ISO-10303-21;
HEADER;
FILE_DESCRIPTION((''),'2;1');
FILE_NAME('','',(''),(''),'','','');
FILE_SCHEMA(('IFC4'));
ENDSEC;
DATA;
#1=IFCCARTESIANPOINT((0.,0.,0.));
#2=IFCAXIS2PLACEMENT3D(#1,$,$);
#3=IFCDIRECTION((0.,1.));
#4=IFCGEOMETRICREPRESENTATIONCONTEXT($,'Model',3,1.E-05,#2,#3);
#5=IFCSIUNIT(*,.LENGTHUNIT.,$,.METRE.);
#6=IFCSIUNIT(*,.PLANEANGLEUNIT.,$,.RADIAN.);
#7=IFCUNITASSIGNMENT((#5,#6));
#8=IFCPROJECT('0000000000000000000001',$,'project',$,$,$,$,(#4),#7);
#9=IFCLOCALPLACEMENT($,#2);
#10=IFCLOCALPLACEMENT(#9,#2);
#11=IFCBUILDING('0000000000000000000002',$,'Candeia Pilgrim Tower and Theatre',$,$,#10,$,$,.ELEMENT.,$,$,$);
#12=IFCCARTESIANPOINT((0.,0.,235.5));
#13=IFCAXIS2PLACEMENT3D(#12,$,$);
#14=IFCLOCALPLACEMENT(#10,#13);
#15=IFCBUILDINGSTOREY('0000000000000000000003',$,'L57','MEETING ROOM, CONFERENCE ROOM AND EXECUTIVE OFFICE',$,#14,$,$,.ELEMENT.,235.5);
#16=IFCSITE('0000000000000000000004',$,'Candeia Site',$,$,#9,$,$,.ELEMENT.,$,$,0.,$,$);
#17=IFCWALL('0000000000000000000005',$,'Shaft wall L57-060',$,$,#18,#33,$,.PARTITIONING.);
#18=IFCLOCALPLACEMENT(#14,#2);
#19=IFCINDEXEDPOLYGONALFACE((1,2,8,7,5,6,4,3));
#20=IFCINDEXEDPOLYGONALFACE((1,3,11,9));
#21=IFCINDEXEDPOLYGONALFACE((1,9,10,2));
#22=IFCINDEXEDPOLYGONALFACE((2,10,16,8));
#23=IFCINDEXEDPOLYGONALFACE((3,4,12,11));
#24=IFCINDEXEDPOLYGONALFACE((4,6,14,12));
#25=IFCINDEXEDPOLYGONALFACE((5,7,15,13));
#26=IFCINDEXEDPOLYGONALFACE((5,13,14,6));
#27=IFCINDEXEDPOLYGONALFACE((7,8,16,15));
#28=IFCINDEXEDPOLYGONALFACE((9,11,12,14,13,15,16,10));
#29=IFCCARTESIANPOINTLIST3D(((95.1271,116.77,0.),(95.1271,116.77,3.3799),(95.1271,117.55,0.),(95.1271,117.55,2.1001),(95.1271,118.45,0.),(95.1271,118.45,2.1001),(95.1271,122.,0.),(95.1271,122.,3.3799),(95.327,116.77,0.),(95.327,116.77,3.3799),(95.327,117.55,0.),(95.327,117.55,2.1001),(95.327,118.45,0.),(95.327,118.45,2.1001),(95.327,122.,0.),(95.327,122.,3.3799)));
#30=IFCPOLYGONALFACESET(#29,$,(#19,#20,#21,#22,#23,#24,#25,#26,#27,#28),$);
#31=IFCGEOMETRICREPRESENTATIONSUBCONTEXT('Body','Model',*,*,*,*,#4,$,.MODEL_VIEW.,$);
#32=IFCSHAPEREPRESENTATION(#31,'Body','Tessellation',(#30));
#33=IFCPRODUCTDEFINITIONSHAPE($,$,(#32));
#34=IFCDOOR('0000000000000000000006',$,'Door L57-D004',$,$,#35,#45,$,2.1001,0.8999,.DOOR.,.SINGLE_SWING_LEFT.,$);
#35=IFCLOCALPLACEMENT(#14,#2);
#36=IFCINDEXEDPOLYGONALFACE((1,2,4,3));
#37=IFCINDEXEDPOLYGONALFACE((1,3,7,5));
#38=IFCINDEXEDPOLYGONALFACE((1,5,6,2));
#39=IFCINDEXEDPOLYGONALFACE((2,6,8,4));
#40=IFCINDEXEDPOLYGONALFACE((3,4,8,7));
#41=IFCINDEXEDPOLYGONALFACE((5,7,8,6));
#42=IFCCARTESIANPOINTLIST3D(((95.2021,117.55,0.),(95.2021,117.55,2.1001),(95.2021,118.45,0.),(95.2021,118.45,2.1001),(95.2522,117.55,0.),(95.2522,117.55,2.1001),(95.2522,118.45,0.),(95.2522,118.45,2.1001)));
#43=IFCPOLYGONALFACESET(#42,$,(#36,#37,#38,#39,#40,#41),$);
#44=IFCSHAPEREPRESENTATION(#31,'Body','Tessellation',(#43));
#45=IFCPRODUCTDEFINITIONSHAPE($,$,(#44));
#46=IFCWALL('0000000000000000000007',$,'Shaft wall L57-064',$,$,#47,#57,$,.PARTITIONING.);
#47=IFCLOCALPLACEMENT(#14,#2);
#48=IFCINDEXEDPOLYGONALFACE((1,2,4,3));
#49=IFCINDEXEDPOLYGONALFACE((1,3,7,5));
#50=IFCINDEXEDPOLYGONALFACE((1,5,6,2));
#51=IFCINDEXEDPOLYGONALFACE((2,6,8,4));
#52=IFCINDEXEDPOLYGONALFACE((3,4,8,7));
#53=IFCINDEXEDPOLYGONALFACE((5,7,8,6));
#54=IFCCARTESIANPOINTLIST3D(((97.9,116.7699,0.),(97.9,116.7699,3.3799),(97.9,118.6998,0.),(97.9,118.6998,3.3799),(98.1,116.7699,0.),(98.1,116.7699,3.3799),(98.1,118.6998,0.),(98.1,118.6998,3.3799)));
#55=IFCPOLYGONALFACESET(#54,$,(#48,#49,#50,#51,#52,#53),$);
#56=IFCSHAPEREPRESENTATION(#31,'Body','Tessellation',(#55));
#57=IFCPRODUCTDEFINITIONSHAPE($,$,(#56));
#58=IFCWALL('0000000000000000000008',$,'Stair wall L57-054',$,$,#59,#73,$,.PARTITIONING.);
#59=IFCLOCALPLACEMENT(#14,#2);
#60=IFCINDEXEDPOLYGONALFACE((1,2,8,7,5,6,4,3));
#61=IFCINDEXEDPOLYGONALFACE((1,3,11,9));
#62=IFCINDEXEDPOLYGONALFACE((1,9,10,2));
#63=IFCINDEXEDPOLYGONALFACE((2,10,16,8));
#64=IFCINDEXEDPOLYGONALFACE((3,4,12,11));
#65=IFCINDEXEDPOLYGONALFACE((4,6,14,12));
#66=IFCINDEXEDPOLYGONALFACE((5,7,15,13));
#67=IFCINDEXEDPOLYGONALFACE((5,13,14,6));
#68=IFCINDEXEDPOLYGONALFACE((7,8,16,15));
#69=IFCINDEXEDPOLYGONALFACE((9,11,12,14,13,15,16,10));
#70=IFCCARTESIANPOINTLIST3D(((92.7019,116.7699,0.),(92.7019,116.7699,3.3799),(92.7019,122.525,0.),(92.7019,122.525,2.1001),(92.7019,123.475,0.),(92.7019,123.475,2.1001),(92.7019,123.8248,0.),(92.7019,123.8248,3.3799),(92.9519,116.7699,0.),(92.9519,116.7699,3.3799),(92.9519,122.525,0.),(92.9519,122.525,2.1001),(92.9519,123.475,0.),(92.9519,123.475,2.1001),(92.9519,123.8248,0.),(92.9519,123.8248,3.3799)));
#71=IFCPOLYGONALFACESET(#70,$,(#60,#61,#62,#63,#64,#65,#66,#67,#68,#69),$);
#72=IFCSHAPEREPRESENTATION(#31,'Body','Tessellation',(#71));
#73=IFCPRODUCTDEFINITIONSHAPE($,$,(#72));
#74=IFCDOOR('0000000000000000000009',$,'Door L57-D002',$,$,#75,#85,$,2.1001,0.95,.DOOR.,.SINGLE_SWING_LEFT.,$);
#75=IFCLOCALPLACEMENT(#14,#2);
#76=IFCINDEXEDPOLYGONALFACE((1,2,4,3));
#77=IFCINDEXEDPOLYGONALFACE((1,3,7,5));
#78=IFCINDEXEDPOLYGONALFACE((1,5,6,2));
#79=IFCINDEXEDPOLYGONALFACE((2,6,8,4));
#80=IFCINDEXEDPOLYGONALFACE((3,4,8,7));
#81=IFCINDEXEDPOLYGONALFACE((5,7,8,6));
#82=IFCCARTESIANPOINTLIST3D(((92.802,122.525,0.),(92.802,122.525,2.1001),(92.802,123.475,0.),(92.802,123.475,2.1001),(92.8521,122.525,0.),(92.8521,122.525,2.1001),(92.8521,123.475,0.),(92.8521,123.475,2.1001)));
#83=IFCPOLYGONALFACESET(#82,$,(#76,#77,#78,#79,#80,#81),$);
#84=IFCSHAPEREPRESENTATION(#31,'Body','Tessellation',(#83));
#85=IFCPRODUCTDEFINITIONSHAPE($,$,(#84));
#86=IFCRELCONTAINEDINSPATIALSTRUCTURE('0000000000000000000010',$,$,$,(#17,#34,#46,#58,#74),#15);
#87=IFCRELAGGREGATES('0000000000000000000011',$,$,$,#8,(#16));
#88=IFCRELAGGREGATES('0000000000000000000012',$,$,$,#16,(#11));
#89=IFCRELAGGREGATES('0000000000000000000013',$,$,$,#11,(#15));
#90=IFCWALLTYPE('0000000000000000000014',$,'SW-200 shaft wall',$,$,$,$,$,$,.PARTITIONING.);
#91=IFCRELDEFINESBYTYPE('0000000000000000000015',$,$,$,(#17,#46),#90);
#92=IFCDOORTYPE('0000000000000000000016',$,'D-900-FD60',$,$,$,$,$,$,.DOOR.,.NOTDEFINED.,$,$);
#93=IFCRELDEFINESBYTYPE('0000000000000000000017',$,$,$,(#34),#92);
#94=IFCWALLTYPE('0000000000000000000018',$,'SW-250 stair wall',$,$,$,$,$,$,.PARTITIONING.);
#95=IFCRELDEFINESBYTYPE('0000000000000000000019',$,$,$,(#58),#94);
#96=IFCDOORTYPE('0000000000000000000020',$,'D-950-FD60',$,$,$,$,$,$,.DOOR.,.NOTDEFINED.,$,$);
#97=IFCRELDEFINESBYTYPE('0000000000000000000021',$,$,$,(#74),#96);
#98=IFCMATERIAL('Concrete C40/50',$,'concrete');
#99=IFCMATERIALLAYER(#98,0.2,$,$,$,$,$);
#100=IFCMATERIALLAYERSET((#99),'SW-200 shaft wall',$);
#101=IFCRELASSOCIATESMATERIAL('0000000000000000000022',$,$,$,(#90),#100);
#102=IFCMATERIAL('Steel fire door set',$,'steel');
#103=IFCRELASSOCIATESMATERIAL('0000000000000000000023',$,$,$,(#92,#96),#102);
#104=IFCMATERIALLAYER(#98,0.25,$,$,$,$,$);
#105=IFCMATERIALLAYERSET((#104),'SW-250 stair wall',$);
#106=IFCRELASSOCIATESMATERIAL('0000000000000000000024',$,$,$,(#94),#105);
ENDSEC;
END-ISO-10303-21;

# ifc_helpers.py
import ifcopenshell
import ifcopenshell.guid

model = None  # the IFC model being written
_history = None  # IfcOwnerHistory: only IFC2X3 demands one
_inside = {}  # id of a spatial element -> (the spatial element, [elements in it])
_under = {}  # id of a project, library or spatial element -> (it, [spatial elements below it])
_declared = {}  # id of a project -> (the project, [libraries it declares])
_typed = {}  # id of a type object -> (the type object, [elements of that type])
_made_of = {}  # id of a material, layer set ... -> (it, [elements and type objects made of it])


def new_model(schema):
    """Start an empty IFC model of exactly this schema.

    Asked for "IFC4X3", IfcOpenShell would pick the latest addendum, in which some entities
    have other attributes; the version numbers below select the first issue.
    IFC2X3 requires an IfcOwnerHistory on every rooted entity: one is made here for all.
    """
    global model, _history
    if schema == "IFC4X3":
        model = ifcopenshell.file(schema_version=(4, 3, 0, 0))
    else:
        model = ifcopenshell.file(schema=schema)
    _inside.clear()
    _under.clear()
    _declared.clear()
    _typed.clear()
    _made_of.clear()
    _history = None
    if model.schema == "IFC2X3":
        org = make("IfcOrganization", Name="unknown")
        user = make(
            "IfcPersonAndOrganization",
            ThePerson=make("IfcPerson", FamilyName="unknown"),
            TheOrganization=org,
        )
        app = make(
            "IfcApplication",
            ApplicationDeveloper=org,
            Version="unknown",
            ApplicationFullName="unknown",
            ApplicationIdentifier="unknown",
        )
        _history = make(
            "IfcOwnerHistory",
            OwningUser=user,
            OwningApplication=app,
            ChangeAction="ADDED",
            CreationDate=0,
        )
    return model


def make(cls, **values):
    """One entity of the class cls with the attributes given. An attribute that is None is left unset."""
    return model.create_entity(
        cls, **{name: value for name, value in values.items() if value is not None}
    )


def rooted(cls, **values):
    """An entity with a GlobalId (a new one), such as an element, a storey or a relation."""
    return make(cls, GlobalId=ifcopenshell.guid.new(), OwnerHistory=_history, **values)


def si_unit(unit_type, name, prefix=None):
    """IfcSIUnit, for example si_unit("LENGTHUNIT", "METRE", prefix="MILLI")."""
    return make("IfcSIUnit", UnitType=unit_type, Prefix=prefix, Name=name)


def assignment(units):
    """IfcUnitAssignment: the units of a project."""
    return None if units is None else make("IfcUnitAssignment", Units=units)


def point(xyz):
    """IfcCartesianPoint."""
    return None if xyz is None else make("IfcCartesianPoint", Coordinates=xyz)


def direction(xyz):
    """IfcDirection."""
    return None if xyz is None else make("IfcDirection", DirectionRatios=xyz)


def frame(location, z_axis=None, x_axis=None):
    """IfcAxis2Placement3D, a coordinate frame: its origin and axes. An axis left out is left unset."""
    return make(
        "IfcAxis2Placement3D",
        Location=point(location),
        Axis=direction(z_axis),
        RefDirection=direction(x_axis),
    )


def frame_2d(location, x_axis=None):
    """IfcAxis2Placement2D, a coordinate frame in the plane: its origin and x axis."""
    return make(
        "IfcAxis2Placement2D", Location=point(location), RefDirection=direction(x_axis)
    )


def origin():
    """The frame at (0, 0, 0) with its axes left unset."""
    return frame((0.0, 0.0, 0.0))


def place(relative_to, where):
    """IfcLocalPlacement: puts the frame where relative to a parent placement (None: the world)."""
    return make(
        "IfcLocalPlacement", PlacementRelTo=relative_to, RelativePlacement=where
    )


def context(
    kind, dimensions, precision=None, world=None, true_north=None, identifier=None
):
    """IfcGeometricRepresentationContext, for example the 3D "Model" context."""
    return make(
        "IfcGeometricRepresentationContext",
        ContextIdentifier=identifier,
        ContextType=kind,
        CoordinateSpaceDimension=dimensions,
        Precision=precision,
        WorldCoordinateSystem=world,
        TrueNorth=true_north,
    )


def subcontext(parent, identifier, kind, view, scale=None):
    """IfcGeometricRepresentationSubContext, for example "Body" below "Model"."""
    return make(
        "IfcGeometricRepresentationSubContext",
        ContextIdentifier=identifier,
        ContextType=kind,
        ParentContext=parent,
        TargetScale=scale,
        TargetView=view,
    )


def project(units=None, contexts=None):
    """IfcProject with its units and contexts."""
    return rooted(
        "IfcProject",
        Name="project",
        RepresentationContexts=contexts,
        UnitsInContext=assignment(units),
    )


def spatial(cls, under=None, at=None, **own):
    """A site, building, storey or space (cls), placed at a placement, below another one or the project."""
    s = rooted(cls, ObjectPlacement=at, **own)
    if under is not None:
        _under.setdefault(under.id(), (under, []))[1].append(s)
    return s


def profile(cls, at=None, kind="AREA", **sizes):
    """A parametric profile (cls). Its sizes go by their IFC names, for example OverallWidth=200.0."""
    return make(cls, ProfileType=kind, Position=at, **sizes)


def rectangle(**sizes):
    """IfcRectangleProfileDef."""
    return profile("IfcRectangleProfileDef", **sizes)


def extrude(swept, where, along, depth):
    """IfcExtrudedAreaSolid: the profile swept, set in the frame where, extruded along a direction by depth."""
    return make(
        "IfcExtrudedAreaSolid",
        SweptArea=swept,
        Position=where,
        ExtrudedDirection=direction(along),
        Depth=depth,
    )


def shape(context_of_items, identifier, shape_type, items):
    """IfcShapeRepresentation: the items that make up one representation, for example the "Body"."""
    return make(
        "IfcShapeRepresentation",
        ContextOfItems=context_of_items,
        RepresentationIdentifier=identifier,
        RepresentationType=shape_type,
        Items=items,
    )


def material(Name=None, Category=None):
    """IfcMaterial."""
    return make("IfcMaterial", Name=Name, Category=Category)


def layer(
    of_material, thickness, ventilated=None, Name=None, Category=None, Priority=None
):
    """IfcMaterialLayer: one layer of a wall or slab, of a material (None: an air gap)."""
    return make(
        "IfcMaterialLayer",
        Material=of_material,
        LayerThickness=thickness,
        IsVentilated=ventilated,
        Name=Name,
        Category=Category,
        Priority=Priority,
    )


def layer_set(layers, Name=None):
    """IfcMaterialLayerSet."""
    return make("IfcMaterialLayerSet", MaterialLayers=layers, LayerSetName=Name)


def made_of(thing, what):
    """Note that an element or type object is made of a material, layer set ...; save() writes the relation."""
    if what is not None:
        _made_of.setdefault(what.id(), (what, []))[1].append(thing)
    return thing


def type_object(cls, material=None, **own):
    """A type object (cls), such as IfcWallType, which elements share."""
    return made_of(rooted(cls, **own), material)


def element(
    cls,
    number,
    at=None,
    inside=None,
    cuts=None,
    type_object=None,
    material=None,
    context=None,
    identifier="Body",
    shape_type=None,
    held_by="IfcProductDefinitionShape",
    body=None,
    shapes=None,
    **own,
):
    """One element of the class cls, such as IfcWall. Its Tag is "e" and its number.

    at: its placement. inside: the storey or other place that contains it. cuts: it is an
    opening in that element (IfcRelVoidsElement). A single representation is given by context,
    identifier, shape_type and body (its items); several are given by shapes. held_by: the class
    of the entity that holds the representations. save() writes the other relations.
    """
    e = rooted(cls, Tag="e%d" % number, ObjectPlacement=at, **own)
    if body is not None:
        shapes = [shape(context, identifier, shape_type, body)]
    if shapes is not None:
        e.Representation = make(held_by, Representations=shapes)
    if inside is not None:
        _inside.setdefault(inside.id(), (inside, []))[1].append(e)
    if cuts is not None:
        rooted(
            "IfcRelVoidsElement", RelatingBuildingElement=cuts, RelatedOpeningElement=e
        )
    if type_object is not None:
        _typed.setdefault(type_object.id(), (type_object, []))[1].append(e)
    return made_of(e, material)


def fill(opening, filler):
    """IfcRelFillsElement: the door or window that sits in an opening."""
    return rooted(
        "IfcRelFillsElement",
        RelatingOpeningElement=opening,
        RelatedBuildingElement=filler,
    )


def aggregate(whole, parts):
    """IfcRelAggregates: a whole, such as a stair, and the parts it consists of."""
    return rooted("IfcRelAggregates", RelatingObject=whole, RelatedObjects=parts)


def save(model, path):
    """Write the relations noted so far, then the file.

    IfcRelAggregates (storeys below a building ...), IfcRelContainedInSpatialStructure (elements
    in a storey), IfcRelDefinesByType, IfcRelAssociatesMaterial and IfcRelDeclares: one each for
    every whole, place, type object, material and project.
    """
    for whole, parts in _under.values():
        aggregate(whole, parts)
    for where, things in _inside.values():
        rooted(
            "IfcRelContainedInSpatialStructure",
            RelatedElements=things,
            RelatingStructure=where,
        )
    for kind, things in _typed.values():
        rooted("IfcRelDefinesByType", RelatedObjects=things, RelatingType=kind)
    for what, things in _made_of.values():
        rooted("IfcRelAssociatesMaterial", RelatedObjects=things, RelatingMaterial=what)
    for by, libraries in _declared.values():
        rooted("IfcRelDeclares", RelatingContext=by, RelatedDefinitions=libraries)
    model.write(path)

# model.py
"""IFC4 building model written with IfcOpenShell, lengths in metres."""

from ifc_helpers import new_model, si_unit, direction, frame, frame_2d, origin, place, context, subcontext, project, spatial, rectangle, extrude, material, layer, layer_set, type_object, element, fill, save


model = new_model("IFC4")

# Units and contexts
model_context = context("Model", 3, precision=1e-05, world=origin(), true_north=direction((0.0, 1.0)))
body_context = subcontext(model_context, "Body", "Model", "MODEL_VIEW")
ifc_project = project(units=[si_unit("LENGTHUNIT", "METRE"), si_unit("PLANEANGLEUNIT", "RADIAN")], contexts=[model_context])

# Site, building, storey
site_placement = place(None, origin())
site = spatial("IfcSite", under=ifc_project, at=site_placement, Name="Candeia Site", CompositionType="ELEMENT", RefElevation=0.0)
building_placement = place(site_placement, origin())
building = spatial("IfcBuilding", under=site, at=building_placement, Name="Candeia Pilgrim Tower and Theatre", CompositionType="ELEMENT")
storey_placement = place(building_placement, frame((0.0, 0.0, 235.5)))
storey = spatial("IfcBuildingStorey", under=building, at=storey_placement, Name="L57", Description="MEETING ROOM, CONFERENCE ROOM AND EXECUTIVE OFFICE", CompositionType="ELEMENT", Elevation=235.5)

# Shared definitions
ifc_material_1 = material(Name="Steel fire door set", Category="steel")

# Shared definitions
ifc_material_2 = material(Name="Concrete C40/50", Category="concrete")
ifc_layer_1 = layer(ifc_material_2, 0.2)
ifc_layer_set_1 = layer_set([ifc_layer_1], Name="SW-200 shaft wall")
wall_type_1 = type_object("IfcWallType", Name="SW-200 shaft wall", PredefinedType="PARTITIONING", material=ifc_layer_set_1)
door_type_1 = type_object("IfcDoorType", Name="D-900-FD60", OperationType="NOTDEFINED", PredefinedType="DOOR", material=ifc_material_1)

# Wall, opening, door
wall_1_placement = place(storey_placement, frame((95.2271, 116.77, 0.0), z_axis=(0.0, 0.0, 1.0), x_axis=(0.0, 1.0, 0.0)))
wall_1 = element("IfcWall", 1, at=wall_1_placement, inside=storey, type_object=wall_type_1, Name="Shaft wall L57-060", PredefinedType="PARTITIONING", context=body_context, shape_type="SweptSolid", body=[
    extrude(rectangle(XDim=5.23, YDim=0.2, at=frame_2d((2.615, 0.0))), origin(), (0.0, 0.0, 1.0), 3.3799),
])
opening_1_placement = place(wall_1_placement, frame((0.78, 0.0, 0.0)))
opening_1 = element("IfcOpeningElement", 2, at=opening_1_placement, cuts=wall_1, PredefinedType="OPENING", context=body_context, shape_type="SweptSolid", body=[
    extrude(rectangle(XDim=0.8999, YDim=2.1001, at=frame_2d((0.45, 1.05))), frame((0.0, 0.1099, 0.0), z_axis=(0.0, -1.0, 0.0), x_axis=(1.0, 0.0, 0.0)), (0.0, 0.0, 1.0), 0.22),
])
door_1_placement = place(opening_1_placement, origin())
door_1 = element("IfcDoor", 3, at=door_1_placement, inside=storey, type_object=door_type_1, Name="Door L57-D004", OperationType="SINGLE_SWING_LEFT", OverallHeight=2.1001, OverallWidth=0.8999, PredefinedType="DOOR", context=body_context, shape_type="SweptSolid", body=[
    extrude(rectangle(XDim=0.8999, YDim=2.1001, at=frame_2d((0.45, 1.05))), frame((0.0, 0.0249, 0.0), z_axis=(0.0, -1.0, 0.0), x_axis=(1.0, 0.0, 0.0)), (0.0, 0.0, 1.0), 0.05),
])
fill(opening_1, door_1)

# Wall
wall_2_placement = place(storey_placement, frame((98.0, 116.77, 0.0), z_axis=(0.0, 0.0, 1.0), x_axis=(0.0, 1.0, 0.0)))
element("IfcWall", 4, at=wall_2_placement, inside=storey, type_object=wall_type_1, Name="Shaft wall L57-064", PredefinedType="PARTITIONING", context=body_context, shape_type="SweptSolid", body=[
    extrude(rectangle(XDim=1.9299, YDim=0.2, at=frame_2d((0.9648, 0.0))), origin(), (0.0, 0.0, 1.0), 3.3799),
])

# Wall, opening, door
ifc_layer_2 = layer(ifc_material_2, 0.25)
ifc_layer_set_2 = layer_set([ifc_layer_2], Name="SW-250 stair wall")
wall_type_2 = type_object("IfcWallType", Name="SW-250 stair wall", PredefinedType="PARTITIONING", material=ifc_layer_set_2)
wall_3_placement = place(storey_placement, frame((92.8269, 116.77, 0.0), z_axis=(0.0, 0.0, 1.0), x_axis=(0.0, 1.0, 0.0)))
wall_3 = element("IfcWall", 5, at=wall_3_placement, inside=storey, type_object=wall_type_2, Name="Stair wall L57-054", PredefinedType="PARTITIONING", context=body_context, shape_type="SweptSolid", body=[
    extrude(rectangle(XDim=7.0549, YDim=0.25, at=frame_2d((3.5273, 0.0))), origin(), (0.0, 0.0, 1.0), 3.3799),
])
opening_2_placement = place(wall_3_placement, frame((5.7549, 0.0, 0.0)))
opening_2 = element("IfcOpeningElement", 6, at=opening_2_placement, cuts=wall_3, PredefinedType="OPENING", context=body_context, shape_type="SweptSolid", body=[
    extrude(rectangle(XDim=0.95, YDim=2.1001, at=frame_2d((0.4751, 1.05))), frame((0.0, 0.135, 0.0), z_axis=(0.0, -1.0, 0.0), x_axis=(1.0, 0.0, 0.0)), (0.0, 0.0, 1.0), 0.27),
])
door_type_2 = type_object("IfcDoorType", Name="D-950-FD60", OperationType="NOTDEFINED", PredefinedType="DOOR", material=ifc_material_1)
door_2_placement = place(opening_2_placement, origin())
door_2 = element("IfcDoor", 7, at=door_2_placement, inside=storey, type_object=door_type_2, Name="Door L57-D002", OperationType="SINGLE_SWING_LEFT", OverallHeight=2.1001, OverallWidth=0.95, PredefinedType="DOOR", context=body_context, shape_type="SweptSolid", body=[
    extrude(rectangle(XDim=0.95, YDim=2.1001, at=frame_2d((0.4751, 1.05))), frame((0.0, 0.0249, 0.0), z_axis=(0.0, -1.0, 0.0), x_axis=(1.0, 0.0, 0.0)), (0.0, 0.0, 1.0), 0.05),
])
fill(opening_2, door_2)

save(model, "model.ifc")
